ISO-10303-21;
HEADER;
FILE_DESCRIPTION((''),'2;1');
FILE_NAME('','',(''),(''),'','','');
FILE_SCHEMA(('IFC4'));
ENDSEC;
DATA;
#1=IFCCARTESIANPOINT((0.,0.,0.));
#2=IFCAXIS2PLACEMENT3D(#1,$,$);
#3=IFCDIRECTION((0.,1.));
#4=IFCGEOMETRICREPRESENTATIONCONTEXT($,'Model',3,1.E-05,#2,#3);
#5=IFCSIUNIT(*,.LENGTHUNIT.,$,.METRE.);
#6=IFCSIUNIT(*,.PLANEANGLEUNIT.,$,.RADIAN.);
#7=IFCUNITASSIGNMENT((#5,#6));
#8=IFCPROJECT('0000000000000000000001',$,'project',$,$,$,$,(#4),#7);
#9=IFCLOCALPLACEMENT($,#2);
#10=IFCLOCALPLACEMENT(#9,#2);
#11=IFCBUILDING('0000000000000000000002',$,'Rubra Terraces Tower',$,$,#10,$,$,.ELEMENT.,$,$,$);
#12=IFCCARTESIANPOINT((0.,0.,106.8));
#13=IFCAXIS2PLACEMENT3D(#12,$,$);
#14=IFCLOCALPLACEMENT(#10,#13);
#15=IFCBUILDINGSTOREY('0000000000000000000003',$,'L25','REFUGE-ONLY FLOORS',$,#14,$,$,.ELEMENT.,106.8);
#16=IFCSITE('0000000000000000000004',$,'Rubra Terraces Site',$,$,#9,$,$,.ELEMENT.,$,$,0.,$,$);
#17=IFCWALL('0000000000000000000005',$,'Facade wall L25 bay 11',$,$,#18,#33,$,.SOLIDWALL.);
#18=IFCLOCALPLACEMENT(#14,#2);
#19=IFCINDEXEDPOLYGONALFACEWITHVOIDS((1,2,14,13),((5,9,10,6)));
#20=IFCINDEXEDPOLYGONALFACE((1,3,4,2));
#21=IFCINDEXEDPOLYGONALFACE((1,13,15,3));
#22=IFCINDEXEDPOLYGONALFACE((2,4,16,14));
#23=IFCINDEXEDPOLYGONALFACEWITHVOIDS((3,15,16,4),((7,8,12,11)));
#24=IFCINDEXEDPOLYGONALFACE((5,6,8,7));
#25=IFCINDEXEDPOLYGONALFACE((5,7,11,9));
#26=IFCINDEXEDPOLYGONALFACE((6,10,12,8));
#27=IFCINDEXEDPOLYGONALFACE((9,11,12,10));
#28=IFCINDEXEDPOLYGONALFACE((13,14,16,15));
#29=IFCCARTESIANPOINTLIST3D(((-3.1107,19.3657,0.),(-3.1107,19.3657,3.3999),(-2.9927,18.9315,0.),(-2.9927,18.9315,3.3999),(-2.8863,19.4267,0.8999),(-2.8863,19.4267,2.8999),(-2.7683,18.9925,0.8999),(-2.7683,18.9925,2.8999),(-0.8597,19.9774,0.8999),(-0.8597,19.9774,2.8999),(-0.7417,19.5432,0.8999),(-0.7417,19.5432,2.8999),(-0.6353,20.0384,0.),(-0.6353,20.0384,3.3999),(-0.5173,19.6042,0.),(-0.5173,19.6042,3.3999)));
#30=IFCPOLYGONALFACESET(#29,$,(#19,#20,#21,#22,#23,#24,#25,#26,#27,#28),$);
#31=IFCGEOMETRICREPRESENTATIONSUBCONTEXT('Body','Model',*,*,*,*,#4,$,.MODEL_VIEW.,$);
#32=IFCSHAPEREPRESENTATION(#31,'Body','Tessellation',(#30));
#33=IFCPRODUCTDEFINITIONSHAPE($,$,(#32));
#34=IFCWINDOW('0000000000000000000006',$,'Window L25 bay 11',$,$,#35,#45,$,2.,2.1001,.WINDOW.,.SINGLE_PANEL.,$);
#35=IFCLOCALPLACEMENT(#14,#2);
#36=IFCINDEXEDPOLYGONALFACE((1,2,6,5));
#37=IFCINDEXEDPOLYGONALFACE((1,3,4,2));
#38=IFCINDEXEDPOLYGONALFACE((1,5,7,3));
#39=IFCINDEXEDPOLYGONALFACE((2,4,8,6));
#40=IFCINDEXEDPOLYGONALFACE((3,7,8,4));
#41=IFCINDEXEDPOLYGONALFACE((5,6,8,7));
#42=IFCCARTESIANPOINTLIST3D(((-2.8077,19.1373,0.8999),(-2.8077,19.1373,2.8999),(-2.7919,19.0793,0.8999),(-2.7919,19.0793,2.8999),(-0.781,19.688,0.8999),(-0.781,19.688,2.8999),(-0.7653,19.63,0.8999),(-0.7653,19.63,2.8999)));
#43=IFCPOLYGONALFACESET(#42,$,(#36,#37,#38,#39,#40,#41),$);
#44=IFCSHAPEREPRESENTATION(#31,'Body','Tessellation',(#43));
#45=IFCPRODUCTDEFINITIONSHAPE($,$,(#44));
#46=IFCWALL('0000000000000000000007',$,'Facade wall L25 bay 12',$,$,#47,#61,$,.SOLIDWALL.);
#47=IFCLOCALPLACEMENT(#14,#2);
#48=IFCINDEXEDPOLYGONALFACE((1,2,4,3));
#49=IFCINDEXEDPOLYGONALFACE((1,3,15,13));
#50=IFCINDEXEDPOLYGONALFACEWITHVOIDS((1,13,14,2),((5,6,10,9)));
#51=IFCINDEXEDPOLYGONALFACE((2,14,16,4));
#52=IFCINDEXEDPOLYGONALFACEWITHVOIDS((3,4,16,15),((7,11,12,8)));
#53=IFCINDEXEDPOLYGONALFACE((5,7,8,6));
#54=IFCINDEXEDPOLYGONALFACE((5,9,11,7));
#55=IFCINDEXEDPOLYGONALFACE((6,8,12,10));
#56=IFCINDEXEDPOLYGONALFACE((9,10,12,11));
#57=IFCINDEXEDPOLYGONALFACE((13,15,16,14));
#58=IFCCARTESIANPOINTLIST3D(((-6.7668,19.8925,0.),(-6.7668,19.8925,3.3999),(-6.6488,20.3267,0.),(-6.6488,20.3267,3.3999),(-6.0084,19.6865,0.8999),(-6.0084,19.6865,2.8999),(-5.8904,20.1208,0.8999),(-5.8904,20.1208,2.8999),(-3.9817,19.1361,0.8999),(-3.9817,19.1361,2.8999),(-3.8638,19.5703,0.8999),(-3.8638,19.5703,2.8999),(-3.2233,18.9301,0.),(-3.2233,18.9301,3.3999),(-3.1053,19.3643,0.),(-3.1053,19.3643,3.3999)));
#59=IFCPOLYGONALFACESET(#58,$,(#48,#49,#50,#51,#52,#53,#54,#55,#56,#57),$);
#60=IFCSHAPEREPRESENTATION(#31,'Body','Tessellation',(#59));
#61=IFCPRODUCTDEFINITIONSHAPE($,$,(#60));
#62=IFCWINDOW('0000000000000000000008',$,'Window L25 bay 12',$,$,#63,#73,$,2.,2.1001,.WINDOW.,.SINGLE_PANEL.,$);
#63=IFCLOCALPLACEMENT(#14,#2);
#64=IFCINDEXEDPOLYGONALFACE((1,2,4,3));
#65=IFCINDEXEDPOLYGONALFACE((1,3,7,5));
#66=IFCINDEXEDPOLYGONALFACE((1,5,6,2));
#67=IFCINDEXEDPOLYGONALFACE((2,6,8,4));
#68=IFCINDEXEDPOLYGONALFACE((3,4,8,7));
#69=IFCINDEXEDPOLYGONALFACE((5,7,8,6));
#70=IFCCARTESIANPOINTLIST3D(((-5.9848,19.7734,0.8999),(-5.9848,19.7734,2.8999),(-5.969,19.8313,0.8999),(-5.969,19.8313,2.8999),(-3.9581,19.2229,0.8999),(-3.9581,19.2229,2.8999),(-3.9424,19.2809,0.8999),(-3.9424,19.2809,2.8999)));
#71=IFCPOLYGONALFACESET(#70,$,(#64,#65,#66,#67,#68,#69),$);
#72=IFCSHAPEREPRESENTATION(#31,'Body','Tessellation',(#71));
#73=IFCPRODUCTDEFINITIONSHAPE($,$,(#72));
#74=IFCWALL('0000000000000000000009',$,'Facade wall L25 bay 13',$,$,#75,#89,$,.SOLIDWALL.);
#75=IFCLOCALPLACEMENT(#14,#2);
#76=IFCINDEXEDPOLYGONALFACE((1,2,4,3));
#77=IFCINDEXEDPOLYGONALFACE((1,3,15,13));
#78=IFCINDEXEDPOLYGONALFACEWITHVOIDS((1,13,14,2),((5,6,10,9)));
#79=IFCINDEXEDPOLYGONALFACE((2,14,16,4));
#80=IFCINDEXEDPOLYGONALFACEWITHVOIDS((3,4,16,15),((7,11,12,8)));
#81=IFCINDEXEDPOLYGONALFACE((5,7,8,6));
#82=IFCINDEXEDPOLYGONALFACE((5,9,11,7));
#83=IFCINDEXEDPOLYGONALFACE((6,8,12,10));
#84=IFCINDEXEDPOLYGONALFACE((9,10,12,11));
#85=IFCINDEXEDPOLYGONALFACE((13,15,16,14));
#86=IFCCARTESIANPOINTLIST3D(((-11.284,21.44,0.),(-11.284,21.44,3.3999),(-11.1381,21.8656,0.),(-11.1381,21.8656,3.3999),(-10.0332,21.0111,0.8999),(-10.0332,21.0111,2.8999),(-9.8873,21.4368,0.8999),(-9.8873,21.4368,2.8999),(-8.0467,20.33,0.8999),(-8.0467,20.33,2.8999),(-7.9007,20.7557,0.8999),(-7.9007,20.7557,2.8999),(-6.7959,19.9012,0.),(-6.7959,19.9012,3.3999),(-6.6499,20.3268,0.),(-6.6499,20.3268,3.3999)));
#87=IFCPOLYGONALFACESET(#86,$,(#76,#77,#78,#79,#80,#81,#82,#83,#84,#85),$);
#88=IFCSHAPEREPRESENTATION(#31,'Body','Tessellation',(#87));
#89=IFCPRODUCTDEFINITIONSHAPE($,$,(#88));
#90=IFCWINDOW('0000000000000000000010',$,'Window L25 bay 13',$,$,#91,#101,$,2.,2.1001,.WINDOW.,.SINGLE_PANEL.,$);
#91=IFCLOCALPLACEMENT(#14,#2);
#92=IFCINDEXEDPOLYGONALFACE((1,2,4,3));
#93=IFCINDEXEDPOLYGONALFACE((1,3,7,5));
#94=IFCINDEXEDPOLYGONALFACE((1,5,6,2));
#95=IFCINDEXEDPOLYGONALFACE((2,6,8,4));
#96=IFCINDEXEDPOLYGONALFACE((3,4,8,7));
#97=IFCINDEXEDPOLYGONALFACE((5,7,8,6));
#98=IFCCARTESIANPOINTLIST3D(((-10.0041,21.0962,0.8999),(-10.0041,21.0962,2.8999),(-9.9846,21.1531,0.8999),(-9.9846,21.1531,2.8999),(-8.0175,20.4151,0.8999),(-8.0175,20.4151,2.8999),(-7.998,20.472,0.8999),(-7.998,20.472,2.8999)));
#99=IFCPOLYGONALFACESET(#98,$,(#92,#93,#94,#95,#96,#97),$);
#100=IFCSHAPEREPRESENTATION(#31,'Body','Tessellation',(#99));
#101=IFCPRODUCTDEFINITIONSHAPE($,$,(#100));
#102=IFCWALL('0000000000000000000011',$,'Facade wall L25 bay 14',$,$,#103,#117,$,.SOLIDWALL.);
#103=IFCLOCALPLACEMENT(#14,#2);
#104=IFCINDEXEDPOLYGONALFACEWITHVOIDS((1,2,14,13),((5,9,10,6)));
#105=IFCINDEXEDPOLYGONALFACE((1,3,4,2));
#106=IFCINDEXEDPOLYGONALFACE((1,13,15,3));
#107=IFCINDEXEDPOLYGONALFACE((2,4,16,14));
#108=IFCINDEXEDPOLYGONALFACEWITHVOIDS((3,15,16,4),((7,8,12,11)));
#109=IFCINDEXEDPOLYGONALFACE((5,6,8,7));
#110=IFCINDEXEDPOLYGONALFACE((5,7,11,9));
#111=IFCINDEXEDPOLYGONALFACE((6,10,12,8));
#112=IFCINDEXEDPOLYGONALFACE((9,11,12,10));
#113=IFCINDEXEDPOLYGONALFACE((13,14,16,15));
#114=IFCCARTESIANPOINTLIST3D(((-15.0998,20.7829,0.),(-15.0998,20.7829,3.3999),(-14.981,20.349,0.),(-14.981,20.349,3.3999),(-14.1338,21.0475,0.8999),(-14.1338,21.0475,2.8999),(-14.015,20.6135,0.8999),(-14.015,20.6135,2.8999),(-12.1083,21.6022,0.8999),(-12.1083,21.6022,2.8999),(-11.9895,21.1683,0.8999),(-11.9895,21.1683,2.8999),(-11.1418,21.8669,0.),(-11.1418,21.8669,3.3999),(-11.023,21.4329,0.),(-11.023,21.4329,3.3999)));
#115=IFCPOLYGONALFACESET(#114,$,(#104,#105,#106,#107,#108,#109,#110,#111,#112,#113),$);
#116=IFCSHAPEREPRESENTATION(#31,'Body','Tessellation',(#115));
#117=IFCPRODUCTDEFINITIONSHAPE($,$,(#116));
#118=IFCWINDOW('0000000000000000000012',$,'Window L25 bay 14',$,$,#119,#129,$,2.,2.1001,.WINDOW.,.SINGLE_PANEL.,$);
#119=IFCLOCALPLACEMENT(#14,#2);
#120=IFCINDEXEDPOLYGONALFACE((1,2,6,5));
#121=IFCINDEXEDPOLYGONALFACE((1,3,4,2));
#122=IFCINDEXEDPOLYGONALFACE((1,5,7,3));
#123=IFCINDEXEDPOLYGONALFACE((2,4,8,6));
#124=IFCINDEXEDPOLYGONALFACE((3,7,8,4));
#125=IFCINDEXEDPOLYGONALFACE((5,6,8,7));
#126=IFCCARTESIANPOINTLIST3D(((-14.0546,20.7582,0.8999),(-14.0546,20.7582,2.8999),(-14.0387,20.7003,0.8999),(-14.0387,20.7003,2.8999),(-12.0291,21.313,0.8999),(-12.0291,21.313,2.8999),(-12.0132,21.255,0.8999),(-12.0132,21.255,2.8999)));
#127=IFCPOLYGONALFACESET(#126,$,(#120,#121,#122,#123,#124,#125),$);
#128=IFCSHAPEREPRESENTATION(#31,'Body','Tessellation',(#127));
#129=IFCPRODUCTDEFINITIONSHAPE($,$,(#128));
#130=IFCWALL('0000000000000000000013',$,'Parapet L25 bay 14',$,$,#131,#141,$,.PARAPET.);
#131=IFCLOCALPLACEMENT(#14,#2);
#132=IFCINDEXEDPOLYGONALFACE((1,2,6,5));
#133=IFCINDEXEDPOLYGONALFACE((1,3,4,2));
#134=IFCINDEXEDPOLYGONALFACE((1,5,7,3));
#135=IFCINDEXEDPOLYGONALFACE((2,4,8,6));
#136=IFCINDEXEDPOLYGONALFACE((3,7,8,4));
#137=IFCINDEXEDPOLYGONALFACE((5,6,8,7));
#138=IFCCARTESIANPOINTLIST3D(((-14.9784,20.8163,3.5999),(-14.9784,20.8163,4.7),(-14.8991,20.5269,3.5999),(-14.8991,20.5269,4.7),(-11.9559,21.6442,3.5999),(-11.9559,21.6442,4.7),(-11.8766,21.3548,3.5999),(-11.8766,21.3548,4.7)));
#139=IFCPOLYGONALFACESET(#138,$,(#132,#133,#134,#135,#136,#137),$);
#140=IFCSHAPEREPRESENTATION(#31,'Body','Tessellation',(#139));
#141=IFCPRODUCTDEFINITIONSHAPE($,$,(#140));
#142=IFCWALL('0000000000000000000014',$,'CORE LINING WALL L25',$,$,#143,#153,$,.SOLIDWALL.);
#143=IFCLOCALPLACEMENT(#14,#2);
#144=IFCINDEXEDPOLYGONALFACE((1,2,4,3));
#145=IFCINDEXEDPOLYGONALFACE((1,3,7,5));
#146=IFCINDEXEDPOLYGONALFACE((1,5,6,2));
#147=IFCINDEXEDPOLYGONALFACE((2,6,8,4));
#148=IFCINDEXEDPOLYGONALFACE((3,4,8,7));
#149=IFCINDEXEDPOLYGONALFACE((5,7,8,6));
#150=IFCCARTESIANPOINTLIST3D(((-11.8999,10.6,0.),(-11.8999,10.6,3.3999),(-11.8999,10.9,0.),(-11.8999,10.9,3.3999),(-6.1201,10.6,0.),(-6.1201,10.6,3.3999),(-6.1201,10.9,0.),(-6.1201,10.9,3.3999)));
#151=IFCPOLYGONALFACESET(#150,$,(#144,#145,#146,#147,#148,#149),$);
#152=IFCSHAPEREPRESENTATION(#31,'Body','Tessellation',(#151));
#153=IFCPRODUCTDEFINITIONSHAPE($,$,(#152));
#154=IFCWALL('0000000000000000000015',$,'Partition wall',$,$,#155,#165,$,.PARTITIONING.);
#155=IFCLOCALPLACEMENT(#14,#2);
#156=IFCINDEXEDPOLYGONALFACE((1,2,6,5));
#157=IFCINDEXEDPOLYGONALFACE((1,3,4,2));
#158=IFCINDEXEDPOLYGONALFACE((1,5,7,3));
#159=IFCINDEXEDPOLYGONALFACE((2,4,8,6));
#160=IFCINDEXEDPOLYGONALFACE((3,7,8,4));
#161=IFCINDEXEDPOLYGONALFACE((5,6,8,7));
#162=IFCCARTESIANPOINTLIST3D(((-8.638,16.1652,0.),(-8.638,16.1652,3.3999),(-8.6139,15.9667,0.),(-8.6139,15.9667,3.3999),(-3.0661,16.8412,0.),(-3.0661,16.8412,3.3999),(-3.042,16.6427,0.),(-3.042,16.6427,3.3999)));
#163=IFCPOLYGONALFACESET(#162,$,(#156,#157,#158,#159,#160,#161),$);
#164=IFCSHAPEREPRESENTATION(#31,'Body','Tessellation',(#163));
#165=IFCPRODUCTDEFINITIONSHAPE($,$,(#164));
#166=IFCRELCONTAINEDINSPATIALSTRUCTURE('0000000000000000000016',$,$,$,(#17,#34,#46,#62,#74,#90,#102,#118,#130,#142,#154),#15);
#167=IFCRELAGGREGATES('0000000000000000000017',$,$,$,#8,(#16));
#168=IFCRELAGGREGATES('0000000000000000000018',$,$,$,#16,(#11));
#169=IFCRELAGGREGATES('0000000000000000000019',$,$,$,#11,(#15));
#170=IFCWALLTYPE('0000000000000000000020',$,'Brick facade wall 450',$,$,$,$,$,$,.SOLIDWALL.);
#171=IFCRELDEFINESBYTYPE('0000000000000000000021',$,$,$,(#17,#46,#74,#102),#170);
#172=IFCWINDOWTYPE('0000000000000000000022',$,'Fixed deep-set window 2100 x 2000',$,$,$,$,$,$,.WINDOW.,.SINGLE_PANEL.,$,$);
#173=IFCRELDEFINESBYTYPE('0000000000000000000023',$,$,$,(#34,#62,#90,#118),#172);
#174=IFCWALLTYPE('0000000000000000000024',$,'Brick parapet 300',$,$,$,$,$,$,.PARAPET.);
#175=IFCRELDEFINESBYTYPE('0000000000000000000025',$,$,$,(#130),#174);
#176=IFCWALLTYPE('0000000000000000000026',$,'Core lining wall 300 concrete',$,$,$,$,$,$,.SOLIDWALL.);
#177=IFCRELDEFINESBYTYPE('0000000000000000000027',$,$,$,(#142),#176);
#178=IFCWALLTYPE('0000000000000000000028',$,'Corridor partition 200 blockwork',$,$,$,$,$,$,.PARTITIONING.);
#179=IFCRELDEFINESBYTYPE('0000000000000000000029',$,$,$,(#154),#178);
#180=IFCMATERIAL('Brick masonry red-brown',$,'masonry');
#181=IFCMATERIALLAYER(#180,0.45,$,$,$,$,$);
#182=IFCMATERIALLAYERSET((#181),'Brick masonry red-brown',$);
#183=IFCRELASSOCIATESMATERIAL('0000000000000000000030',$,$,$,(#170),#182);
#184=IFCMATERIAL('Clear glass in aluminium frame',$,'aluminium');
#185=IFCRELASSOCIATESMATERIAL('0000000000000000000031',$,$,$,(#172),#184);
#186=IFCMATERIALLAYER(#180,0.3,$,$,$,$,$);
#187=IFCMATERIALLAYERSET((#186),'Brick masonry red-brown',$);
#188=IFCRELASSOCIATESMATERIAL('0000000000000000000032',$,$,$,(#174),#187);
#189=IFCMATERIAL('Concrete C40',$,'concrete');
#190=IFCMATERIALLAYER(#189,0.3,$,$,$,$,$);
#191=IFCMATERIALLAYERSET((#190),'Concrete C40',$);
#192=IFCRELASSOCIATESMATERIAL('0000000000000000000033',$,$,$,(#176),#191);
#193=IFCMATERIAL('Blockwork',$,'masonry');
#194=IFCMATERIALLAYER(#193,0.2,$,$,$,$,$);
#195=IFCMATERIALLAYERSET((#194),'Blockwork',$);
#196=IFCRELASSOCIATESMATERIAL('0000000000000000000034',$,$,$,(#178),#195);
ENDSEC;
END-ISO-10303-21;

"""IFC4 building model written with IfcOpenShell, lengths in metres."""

from ifc_helpers import new_model, si_unit, direction, frame, frame_2d, origin, place, context, subcontext, project, spatial, rectangle, extrude, material, layer, layer_set, type_object, element, fill, save


model = new_model("IFC4")

# Units and contexts
model_context = context("Model", 3, precision=1e-05, world=origin(), true_north=direction((0.0, 1.0)))
body_context = subcontext(model_context, "Body", "Model", "MODEL_VIEW")
ifc_project = project(units=[si_unit("LENGTHUNIT", "METRE"), si_unit("PLANEANGLEUNIT", "RADIAN")], contexts=[model_context])

# Site, building, storey
site_placement = place(None, origin())
site = spatial("IfcSite", under=ifc_project, at=site_placement, Name="Rubra Terraces Site", CompositionType="ELEMENT", RefElevation=0.0)
building_placement = place(site_placement, origin())
building = spatial("IfcBuilding", under=site, at=building_placement, Name="Rubra Terraces Tower", CompositionType="ELEMENT")
storey_placement = place(building_placement, frame((0.0, 0.0, 106.8)))
storey = spatial("IfcBuildingStorey", under=building, at=storey_placement, Name="L25", Description="REFUGE-ONLY FLOORS", CompositionType="ELEMENT", Elevation=106.8)

# Walls, openings, windows
ifc_material_1 = material(Name="Brick masonry red-brown", Category="masonry")
ifc_layer_1 = layer(ifc_material_1, 0.45)
ifc_layer_set_1 = layer_set([ifc_layer_1], Name="Brick masonry red-brown")
wall_type_1 = type_object("IfcWallType", Name="Brick facade wall 450", PredefinedType="SOLIDWALL", material=ifc_layer_set_1)
wall_1_placement = place(storey_placement, frame((-0.5762, 19.8213, 0.0), z_axis=(0.0, 0.0, 1.0), x_axis=(-0.965009, -0.262215, 0.0)))
wall_1 = element("IfcWall", 1, at=wall_1_placement, inside=storey, type_object=wall_type_1, Name="Facade wall L25 bay 11", PredefinedType="SOLIDWALL", context=body_context, shape_type="SweptSolid", body=[
    extrude(rectangle(XDim=2.5652, YDim=0.45, at=frame_2d((1.2827, 0.0))), origin(), (0.0, 0.0, 1.0), 3.3999),
])
opening_1_placement = place(wall_1_placement, frame((0.2327, 0.0, 0.8999)))
opening_1 = element("IfcOpeningElement", 2, at=opening_1_placement, cuts=wall_1, PredefinedType="OPENING", context=body_context, shape_type="SweptSolid", body=[
    extrude(rectangle(XDim=2.1001, YDim=2.0, at=frame_2d((1.05, 1.0))), frame((0.0, 0.2349, 0.0), z_axis=(0.0, -1.0, 0.0), x_axis=(1.0, 0.0, 0.0)), (0.0, 0.0, 1.0), 0.47),
])
ifc_material_2 = material(Name="Clear glass in aluminium frame", Category="aluminium")
window_type = type_object("IfcWindowType", Name="Fixed deep-set window 2100 x 2000", PartitioningType="SINGLE_PANEL", PredefinedType="WINDOW", material=ifc_material_2)
window_1_placement = place(opening_1_placement, origin())
window_1 = element("IfcWindow", 3, at=window_1_placement, inside=storey, type_object=window_type, Name="Window L25 bay 11", OverallHeight=2.0, OverallWidth=2.1001, PartitioningType="SINGLE_PANEL", PredefinedType="WINDOW", context=body_context, shape_type="SweptSolid", body=[
    extrude(rectangle(XDim=2.1001, YDim=2.0, at=frame_2d((1.05, 1.0))), frame((0.0, 0.135, 0.0), z_axis=(0.0, -1.0, 0.0), x_axis=(1.0, 0.0, 0.0)), (0.0, 0.0, 1.0), 0.0601),
])
fill(opening_1, window_1)
wall_2_placement = place(storey_placement, frame((-3.1643, 19.1472, 0.0), z_axis=(0.0, 0.0, 1.0), x_axis=(-0.965039, 0.262105, 0.0)))
wall_2 = element("IfcWall", 4, at=wall_2_placement, inside=storey, type_object=wall_type_1, Name="Facade wall L25 bay 12", PredefinedType="SOLIDWALL", context=body_context, shape_type="SweptSolid", body=[
    extrude(rectangle(XDim=3.6719, YDim=0.45, at=frame_2d((1.8359, 0.0))), origin(), (0.0, 0.0, 1.0), 3.3999),
])
opening_2_placement = place(wall_2_placement, frame((0.7859, 0.0, 0.8999)))
opening_2 = element("IfcOpeningElement", 5, at=opening_2_placement, cuts=wall_2, PredefinedType="OPENING", context=body_context, shape_type="SweptSolid", body=[
    extrude(rectangle(XDim=2.1001, YDim=2.0, at=frame_2d((1.05, 1.0))), frame((0.0, 0.2349, 0.0), z_axis=(0.0, -1.0, 0.0), x_axis=(1.0, 0.0, 0.0)), (0.0, 0.0, 1.0), 0.47),
])
window_2_placement = place(opening_2_placement, origin())
window_2 = element("IfcWindow", 6, at=window_2_placement, inside=storey, type_object=window_type, Name="Window L25 bay 12", OverallHeight=2.0, OverallWidth=2.1001, PartitioningType="SINGLE_PANEL", PredefinedType="WINDOW", context=body_context, shape_type="SweptSolid", body=[
    extrude(rectangle(XDim=2.1001, YDim=2.0, at=frame_2d((1.05, 1.0))), frame((0.0, 0.135, 0.0), z_axis=(0.0, -1.0, 0.0), x_axis=(1.0, 0.0, 0.0)), (0.0, 0.0, 1.0), 0.0601),
])
fill(opening_2, window_2)
wall_3_placement = place(storey_placement, frame((-6.7229, 20.114, 0.0), z_axis=(0.0, 0.0, 1.0), x_axis=(-0.945947, 0.32432, 0.0)))
wall_3 = element("IfcWall", 7, at=wall_3_placement, inside=storey, type_object=wall_type_1, Name="Facade wall L25 bay 13", PredefinedType="SOLIDWALL", context=body_context, shape_type="SweptSolid", body=[
    extrude(rectangle(XDim=4.7446, YDim=0.45, at=frame_2d((2.3723, 0.0))), origin(), (0.0, 0.0, 1.0), 3.3999),
])
opening_3_placement = place(wall_3_placement, frame((1.3223, 0.0, 0.8999)))
opening_3 = element("IfcOpeningElement", 8, at=opening_3_placement, cuts=wall_3, PredefinedType="OPENING", context=body_context, shape_type="SweptSolid", body=[
    extrude(rectangle(XDim=2.1001, YDim=2.0, at=frame_2d((1.05, 1.0))), frame((0.0, 0.2349, 0.0), z_axis=(0.0, -1.0, 0.0), x_axis=(1.0, 0.0, 0.0)), (0.0, 0.0, 1.0), 0.47),
])
window_3_placement = place(opening_3_placement, origin())
window_3 = element("IfcWindow", 9, at=window_3_placement, inside=storey, type_object=window_type, Name="Window L25 bay 13", OverallHeight=2.0, OverallWidth=2.1001, PartitioningType="SINGLE_PANEL", PredefinedType="WINDOW", context=body_context, shape_type="SweptSolid", body=[
    extrude(rectangle(XDim=2.1001, YDim=2.0, at=frame_2d((1.05, 1.0))), frame((0.0, 0.135, 0.0), z_axis=(0.0, -1.0, 0.0), x_axis=(1.0, 0.0, 0.0)), (0.0, 0.0, 1.0), 0.0601),
])
fill(opening_3, window_3)
wall_4_placement = place(storey_placement, frame((-11.0825, 21.6499, 0.0), z_axis=(0.0, 0.0, 1.0), x_axis=(-0.964483, -0.264144, 0.0)))
wall_4 = element("IfcWall", 10, at=wall_4_placement, inside=storey, type_object=wall_type_1, Name="Facade wall L25 bay 14", PredefinedType="SOLIDWALL", context=body_context, shape_type="SweptSolid", body=[
    extrude(rectangle(XDim=4.1038, YDim=0.45, at=frame_2d((2.0518, 0.0))), origin(), (0.0, 0.0, 1.0), 3.3999),
])
opening_4_placement = place(wall_4_placement, frame((1.002, 0.0, 0.8999)))
opening_4 = element("IfcOpeningElement", 11, at=opening_4_placement, cuts=wall_4, PredefinedType="OPENING", context=body_context, shape_type="SweptSolid", body=[
    extrude(rectangle(XDim=2.1001, YDim=2.0, at=frame_2d((1.05, 1.0))), frame((0.0, 0.2349, 0.0), z_axis=(0.0, -1.0, 0.0), x_axis=(1.0, 0.0, 0.0)), (0.0, 0.0, 1.0), 0.47),
])
window_4_placement = place(opening_4_placement, origin())
window_4 = element("IfcWindow", 12, at=window_4_placement, inside=storey, type_object=window_type, Name="Window L25 bay 14", OverallHeight=2.0, OverallWidth=2.1001, PartitioningType="SINGLE_PANEL", PredefinedType="WINDOW", context=body_context, shape_type="SweptSolid", body=[
    extrude(rectangle(XDim=2.1001, YDim=2.0, at=frame_2d((1.05, 1.0))), frame((0.0, 0.135, 0.0), z_axis=(0.0, -1.0, 0.0), x_axis=(1.0, 0.0, 0.0)), (0.0, 0.0, 1.0), 0.0601),
])
fill(opening_4, window_4)

# Walls
ifc_layer_2 = layer(ifc_material_1, 0.3)
ifc_layer_set_2 = layer_set([ifc_layer_2], Name="Brick masonry red-brown")
wall_type_2 = type_object("IfcWallType", Name="Brick parapet 300", PredefinedType="PARAPET", material=ifc_layer_set_2)
wall_5_placement = place(storey_placement, frame((-11.9163, 21.4995, 3.5999), z_axis=(0.0, 0.0, 1.0), x_axis=(-0.964474, -0.264179, 0.0)))
element("IfcWall", 13, at=wall_5_placement, inside=storey, type_object=wall_type_2, Name="Parapet L25 bay 14", PredefinedType="PARAPET", context=body_context, shape_type="SweptSolid", body=[
    extrude(rectangle(XDim=3.1338, YDim=0.3, at=frame_2d((1.5669, 0.0))), origin(), (0.0, 0.0, 1.0), 1.1001),
])
ifc_material_3 = material(Name="Concrete C40", Category="concrete")
ifc_layer_3 = layer(ifc_material_3, 0.3)
ifc_layer_set_3 = layer_set([ifc_layer_3], Name="Concrete C40")
wall_type_3 = type_object("IfcWallType", Name="Core lining wall 300 concrete", PredefinedType="SOLIDWALL", material=ifc_layer_set_3)
wall_6_placement = place(storey_placement, frame((-11.8999, 10.75, 0.0), z_axis=(0.0, 0.0, 1.0), x_axis=(1.0, 0.0, 0.0)))
element("IfcWall", 14, at=wall_6_placement, inside=storey, type_object=wall_type_3, Name="CORE LINING WALL L25", PredefinedType="SOLIDWALL", context=body_context, shape_type="SweptSolid", body=[
    extrude(rectangle(XDim=5.7798, YDim=0.3, at=frame_2d((2.8899, 0.0))), origin(), (0.0, 0.0, 1.0), 3.3999),
])
ifc_material_4 = material(Name="Blockwork", Category="masonry")
ifc_layer_4 = layer(ifc_material_4, 0.2)
ifc_layer_set_4 = layer_set([ifc_layer_4], Name="Blockwork")
wall_type_4 = type_object("IfcWallType", Name="Corridor partition 200 blockwork", PredefinedType="PARTITIONING", material=ifc_layer_set_4)
wall_7_placement = place(storey_placement, frame((-8.626, 16.0659, 0.0), z_axis=(0.0, 0.0, 1.0), x_axis=(0.99272, 0.120442, 0.0)))
element("IfcWall", 15, at=wall_7_placement, inside=storey, type_object=wall_type_4, Name="Partition wall", PredefinedType="PARTITIONING", context=body_context, shape_type="SweptSolid", body=[
    extrude(rectangle(XDim=5.6128, YDim=0.2, at=frame_2d((2.8064, 0.0))), origin(), (0.0, 0.0, 1.0), 3.3999),
])

save(model, "model.ifc")
